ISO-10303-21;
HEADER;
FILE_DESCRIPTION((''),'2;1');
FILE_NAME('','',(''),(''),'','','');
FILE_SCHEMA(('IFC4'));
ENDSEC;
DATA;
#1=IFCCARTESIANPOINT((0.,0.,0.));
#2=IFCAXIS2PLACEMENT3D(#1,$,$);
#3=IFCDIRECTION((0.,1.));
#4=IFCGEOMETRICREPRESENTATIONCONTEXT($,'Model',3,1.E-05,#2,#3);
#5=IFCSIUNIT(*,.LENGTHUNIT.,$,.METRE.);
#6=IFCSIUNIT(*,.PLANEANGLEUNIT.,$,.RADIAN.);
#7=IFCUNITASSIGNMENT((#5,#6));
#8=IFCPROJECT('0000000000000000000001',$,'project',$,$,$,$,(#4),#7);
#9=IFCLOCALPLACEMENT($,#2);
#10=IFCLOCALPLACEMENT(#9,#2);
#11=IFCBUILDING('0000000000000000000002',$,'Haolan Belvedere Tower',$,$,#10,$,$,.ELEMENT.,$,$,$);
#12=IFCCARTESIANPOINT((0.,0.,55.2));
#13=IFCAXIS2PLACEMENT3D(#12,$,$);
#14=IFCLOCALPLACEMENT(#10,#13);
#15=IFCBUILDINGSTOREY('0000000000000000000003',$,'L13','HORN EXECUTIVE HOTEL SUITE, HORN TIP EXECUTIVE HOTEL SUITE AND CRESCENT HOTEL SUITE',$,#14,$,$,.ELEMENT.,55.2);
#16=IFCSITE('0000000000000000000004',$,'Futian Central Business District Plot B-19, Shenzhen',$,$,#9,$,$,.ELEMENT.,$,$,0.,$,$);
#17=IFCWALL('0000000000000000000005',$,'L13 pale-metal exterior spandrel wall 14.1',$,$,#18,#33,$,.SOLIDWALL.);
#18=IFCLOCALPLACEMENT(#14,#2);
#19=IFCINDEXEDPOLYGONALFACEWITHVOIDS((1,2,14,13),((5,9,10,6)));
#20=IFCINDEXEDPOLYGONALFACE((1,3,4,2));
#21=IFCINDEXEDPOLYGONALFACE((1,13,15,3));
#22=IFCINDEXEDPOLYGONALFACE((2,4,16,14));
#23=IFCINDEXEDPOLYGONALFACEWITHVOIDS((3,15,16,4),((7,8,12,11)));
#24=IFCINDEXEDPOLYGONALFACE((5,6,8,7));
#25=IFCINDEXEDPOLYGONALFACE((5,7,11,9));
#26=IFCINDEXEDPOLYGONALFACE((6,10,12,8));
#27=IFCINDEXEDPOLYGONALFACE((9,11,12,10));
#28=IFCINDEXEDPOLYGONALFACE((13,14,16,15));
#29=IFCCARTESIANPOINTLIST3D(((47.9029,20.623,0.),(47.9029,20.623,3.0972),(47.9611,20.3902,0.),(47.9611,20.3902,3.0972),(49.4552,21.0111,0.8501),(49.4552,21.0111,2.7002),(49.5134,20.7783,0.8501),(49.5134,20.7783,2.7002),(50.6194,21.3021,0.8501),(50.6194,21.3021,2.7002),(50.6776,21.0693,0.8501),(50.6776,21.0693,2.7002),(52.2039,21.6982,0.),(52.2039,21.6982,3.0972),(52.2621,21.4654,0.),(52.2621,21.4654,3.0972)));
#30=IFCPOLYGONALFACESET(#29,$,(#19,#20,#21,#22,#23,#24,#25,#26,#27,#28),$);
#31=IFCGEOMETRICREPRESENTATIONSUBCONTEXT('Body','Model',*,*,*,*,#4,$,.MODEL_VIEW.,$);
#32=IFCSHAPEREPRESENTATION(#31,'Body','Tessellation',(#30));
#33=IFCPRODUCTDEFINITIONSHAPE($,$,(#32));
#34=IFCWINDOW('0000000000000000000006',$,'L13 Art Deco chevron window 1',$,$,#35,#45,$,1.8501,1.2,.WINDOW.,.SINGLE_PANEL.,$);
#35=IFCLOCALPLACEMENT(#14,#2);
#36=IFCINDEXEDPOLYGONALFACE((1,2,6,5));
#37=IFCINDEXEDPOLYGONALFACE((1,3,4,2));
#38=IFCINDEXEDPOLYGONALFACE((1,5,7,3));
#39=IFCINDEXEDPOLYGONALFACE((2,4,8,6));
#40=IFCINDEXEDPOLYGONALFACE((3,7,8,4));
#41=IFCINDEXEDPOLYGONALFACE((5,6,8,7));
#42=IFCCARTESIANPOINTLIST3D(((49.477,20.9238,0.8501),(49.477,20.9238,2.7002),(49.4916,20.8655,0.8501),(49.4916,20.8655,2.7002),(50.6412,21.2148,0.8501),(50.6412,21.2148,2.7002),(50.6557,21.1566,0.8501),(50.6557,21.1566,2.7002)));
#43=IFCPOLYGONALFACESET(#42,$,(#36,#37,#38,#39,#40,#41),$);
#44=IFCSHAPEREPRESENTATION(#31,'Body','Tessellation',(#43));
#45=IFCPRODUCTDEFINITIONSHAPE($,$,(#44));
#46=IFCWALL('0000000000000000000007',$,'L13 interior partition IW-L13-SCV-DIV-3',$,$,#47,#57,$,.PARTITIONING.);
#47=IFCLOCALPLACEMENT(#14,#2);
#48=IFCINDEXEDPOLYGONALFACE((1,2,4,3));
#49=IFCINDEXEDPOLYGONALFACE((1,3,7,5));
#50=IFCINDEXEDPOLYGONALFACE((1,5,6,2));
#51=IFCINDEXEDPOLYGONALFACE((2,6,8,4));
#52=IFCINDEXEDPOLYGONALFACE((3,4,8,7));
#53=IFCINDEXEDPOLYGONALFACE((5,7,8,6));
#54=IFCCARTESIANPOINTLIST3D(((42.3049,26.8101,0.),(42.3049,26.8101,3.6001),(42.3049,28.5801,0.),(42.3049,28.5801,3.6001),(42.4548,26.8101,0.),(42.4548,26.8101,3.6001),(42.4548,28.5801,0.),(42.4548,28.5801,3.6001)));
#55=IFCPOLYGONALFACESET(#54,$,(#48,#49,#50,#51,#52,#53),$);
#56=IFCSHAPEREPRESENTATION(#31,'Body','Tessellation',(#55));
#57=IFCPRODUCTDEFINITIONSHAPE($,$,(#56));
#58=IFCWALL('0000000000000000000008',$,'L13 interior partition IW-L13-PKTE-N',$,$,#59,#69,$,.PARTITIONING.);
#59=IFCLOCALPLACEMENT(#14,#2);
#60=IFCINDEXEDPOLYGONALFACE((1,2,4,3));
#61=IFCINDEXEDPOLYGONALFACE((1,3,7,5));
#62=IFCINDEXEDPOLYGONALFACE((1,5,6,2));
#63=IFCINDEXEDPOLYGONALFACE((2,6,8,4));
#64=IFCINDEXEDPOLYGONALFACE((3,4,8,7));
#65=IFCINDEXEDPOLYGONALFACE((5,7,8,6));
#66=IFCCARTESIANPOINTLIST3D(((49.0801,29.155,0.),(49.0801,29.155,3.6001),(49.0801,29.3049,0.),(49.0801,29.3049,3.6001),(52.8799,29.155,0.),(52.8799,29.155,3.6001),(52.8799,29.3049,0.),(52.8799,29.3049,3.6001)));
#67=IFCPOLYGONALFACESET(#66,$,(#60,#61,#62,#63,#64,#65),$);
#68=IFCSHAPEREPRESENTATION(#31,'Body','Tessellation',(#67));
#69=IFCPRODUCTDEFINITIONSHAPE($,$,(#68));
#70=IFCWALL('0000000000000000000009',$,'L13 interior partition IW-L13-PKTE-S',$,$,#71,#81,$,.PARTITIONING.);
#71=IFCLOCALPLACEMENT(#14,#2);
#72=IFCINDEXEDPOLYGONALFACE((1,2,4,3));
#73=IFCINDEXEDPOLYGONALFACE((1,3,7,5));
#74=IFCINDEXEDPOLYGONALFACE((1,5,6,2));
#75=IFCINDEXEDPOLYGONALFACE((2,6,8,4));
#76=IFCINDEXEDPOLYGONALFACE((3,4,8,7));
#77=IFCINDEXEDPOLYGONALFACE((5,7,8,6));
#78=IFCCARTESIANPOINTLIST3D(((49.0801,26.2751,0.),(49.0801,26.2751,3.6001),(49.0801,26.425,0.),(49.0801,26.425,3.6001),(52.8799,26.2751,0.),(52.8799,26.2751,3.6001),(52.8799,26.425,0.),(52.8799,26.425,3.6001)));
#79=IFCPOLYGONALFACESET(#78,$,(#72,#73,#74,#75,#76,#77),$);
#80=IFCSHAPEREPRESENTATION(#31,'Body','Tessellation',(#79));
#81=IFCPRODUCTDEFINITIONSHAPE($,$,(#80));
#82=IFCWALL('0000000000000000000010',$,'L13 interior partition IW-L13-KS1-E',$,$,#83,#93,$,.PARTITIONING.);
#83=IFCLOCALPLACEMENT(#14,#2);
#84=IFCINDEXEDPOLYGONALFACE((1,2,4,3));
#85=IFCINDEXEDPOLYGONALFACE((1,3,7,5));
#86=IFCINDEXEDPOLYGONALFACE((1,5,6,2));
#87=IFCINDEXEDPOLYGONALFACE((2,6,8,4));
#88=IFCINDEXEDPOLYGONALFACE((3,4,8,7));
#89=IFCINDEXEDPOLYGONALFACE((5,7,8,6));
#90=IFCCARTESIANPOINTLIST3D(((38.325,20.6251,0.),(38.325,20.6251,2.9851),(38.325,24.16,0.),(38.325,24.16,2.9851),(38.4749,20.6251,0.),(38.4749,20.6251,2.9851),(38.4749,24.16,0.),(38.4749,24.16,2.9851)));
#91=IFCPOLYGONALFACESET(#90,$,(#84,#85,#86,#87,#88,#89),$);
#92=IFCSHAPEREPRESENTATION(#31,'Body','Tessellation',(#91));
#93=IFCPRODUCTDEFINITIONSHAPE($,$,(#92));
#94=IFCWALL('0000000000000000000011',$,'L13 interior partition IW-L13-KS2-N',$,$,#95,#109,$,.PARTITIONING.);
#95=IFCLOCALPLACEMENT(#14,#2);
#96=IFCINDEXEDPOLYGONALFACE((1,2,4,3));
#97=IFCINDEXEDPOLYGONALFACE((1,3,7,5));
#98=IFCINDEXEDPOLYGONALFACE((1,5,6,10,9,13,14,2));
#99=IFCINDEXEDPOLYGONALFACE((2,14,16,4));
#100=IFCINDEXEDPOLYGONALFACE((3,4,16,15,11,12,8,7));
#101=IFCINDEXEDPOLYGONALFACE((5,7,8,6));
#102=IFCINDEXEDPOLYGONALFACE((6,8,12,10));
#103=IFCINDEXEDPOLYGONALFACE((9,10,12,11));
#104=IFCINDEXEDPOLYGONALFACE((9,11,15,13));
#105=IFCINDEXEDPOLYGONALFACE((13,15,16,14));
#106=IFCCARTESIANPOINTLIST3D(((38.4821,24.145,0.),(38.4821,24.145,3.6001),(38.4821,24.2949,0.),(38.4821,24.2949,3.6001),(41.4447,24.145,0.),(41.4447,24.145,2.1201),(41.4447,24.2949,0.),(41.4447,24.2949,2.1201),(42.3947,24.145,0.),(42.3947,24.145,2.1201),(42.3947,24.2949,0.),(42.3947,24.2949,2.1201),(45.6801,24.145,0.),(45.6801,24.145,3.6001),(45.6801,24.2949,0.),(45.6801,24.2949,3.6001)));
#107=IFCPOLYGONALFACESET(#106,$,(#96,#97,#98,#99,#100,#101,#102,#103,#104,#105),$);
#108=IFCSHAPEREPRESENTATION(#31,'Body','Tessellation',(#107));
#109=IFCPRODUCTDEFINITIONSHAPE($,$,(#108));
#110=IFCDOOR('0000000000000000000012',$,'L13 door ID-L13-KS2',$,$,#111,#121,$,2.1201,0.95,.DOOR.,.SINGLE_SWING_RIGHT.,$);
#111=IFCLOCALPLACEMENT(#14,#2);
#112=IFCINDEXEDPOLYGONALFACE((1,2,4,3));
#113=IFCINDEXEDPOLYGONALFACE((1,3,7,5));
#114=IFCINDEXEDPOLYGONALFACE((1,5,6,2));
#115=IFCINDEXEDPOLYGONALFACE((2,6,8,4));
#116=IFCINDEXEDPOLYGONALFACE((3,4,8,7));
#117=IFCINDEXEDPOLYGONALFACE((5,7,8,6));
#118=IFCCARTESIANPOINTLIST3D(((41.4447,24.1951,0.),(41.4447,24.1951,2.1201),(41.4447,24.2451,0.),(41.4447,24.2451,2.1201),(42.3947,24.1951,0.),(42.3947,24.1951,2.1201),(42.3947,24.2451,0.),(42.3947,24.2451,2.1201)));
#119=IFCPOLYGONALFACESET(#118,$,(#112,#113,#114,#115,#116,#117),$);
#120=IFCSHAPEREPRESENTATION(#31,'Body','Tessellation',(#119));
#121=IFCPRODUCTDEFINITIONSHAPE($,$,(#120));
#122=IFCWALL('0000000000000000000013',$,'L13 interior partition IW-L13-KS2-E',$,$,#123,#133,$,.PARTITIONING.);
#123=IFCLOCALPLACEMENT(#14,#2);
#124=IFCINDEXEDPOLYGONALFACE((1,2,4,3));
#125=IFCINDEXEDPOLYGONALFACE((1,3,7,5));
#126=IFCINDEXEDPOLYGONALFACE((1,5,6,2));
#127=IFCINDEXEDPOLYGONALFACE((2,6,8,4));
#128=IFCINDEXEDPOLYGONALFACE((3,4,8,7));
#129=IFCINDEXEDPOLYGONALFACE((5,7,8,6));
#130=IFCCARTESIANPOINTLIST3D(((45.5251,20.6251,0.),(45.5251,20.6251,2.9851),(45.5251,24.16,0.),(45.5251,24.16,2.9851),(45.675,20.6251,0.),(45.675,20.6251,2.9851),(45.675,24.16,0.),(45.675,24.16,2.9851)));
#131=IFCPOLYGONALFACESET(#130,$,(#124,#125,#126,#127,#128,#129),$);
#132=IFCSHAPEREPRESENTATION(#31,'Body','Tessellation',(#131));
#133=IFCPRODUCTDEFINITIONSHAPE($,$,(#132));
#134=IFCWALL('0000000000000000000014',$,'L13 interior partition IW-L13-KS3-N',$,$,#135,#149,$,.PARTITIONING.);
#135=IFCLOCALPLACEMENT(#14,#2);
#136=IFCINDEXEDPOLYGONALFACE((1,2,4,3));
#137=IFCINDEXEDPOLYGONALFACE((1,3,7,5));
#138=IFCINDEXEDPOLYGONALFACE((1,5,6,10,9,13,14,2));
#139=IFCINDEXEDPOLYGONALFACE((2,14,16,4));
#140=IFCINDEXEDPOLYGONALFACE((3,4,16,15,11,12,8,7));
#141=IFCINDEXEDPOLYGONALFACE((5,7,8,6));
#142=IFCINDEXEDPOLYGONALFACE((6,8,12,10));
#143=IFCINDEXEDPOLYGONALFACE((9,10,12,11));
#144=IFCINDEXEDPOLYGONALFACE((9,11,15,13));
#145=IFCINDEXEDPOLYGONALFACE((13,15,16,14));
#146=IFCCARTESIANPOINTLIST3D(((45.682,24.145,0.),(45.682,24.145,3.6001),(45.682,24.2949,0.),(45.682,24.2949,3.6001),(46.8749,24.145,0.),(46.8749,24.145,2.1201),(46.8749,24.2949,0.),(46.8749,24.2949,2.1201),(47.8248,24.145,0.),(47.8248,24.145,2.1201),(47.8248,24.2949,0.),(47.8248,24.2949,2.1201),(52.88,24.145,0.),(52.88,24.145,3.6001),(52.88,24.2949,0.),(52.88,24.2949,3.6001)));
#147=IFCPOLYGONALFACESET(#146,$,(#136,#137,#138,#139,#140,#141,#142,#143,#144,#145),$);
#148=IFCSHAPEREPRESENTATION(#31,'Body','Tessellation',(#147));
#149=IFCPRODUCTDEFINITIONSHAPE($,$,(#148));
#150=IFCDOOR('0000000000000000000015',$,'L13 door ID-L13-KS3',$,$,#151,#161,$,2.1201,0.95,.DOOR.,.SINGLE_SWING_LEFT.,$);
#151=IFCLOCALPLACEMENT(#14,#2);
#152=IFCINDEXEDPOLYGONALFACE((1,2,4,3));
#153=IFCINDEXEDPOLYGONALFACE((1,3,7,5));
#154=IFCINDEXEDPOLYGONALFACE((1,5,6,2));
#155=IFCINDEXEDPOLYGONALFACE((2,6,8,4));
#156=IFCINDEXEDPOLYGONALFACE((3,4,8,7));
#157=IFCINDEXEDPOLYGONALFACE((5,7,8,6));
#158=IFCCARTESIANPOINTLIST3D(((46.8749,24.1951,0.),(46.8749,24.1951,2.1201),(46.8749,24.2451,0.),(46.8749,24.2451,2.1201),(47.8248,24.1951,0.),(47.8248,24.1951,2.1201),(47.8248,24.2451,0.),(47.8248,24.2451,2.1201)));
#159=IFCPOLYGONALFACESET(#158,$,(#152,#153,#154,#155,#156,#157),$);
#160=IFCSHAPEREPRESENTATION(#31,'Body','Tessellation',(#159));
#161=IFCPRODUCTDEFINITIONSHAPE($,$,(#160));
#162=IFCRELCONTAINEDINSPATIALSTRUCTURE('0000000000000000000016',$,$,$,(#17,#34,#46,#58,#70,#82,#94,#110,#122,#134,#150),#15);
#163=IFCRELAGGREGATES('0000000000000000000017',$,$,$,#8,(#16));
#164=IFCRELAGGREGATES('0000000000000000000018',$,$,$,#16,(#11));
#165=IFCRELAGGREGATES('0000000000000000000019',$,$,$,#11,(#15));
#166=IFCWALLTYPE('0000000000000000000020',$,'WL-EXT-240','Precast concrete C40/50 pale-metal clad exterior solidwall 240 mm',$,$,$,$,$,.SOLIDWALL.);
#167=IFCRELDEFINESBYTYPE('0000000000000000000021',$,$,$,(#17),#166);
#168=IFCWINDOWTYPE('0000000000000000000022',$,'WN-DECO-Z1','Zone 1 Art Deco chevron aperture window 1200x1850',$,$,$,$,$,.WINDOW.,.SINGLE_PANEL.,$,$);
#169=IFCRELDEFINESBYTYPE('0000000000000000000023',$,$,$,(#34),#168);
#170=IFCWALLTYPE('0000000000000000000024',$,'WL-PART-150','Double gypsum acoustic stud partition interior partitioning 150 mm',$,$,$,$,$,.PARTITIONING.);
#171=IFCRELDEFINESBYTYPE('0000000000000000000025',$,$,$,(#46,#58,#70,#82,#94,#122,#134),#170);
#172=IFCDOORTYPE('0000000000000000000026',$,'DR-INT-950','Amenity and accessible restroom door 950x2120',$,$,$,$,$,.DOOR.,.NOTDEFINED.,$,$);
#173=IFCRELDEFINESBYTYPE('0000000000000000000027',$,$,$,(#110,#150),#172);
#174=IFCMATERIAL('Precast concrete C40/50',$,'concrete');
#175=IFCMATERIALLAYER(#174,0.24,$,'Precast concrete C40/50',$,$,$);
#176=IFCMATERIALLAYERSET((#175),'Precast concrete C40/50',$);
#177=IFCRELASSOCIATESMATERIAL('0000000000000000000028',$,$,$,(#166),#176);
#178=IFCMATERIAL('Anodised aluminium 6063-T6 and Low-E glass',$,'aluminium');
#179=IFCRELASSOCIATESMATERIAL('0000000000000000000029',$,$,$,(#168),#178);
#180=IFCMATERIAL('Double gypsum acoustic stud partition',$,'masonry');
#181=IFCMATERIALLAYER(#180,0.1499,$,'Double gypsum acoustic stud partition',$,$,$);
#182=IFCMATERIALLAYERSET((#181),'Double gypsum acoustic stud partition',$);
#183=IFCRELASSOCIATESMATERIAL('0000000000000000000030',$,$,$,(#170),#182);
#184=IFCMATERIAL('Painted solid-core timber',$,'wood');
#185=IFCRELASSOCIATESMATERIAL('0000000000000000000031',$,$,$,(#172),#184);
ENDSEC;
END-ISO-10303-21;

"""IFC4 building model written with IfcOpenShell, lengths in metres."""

from ifc_helpers import new_model, si_unit, direction, frame, frame_2d, origin, place, context, subcontext, project, spatial, rectangle, extrude, material, layer, layer_set, type_object, element, fill, save


model = new_model("IFC4")

# Units and contexts
model_context = context("Model", 3, precision=1e-05, world=origin(), true_north=direction((0.0, 1.0)))
body_context = subcontext(model_context, "Body", "Model", "MODEL_VIEW")
ifc_project = project(units=[si_unit("LENGTHUNIT", "METRE"), si_unit("PLANEANGLEUNIT", "RADIAN")], contexts=[model_context])

# Site, building, storey
site_placement = place(None, origin())
site = spatial("IfcSite", under=ifc_project, at=site_placement, Name="Futian Central Business District Plot B-19, Shenzhen", CompositionType="ELEMENT", RefElevation=0.0)
building_placement = place(site_placement, origin())
building = spatial("IfcBuilding", under=site, at=building_placement, Name="Haolan Belvedere Tower", CompositionType="ELEMENT")
storey_placement = place(building_placement, frame((0.0, 0.0, 55.2)))
storey = spatial("IfcBuildingStorey", under=building, at=storey_placement, Name="L13", Description="HORN EXECUTIVE HOTEL SUITE, HORN TIP EXECUTIVE HOTEL SUITE AND CRESCENT HOTEL SUITE", CompositionType="ELEMENT", Elevation=55.2)

# Wall, opening, window
ifc_material_1 = material(Name="Precast concrete C40/50", Category="concrete")
ifc_layer_1 = layer(ifc_material_1, 0.24, Name="Precast concrete C40/50")
ifc_layer_set_1 = layer_set([ifc_layer_1], Name="Precast concrete C40/50")
wall_type_1 = type_object("IfcWallType", Name="WL-EXT-240", Description="Precast concrete C40/50 pale-metal clad exterior solidwall 240 mm", PredefinedType="SOLIDWALL", material=ifc_layer_set_1)
wall_1_placement = place(storey_placement, frame((47.9319, 20.5066, 0.0), z_axis=(0.0, 0.0, 1.0), x_axis=(0.970146, 0.242523, 0.0)))
wall_1 = element("IfcWall", 1, at=wall_1_placement, inside=storey, type_object=wall_type_1, Name="L13 pale-metal exterior spandrel wall 14.1", PredefinedType="SOLIDWALL", context=body_context, shape_type="SweptSolid", body=[
    extrude(rectangle(XDim=4.4333, YDim=0.24, at=frame_2d((2.2168, 0.0))), origin(), (0.0, 0.0, 1.0), 3.0972),
])
opening_1_placement = place(wall_1_placement, frame((1.6001, 0.0, 0.8501)))
opening_1 = element("IfcOpeningElement", 2, at=opening_1_placement, cuts=wall_1, PredefinedType="OPENING", context=body_context, shape_type="SweptSolid", body=[
    extrude(rectangle(XDim=1.2, YDim=1.8501, at=frame_2d((0.6001, 0.925))), frame((0.0, 0.1299, 0.0), z_axis=(0.0, -1.0, 0.0), x_axis=(1.0, 0.0, 0.0)), (0.0, 0.0, 1.0), 0.26),
])
ifc_material_2 = material(Name="Anodised aluminium 6063-T6 and Low-E glass", Category="aluminium")
window_type = type_object("IfcWindowType", Name="WN-DECO-Z1", Description="Zone 1 Art Deco chevron aperture window 1200x1850", PartitioningType="SINGLE_PANEL", PredefinedType="WINDOW", material=ifc_material_2)
window_placement = place(opening_1_placement, origin())
window = element("IfcWindow", 3, at=window_placement, inside=storey, type_object=window_type, Name="L13 Art Deco chevron window 1", OverallHeight=1.8501, OverallWidth=1.2, PartitioningType="SINGLE_PANEL", PredefinedType="WINDOW", context=body_context, shape_type="SweptSolid", body=[
    extrude(rectangle(XDim=1.2, YDim=1.8501, at=frame_2d((0.6001, 0.925))), frame((0.0, 0.03, 0.0), z_axis=(0.0, -1.0, 0.0), x_axis=(1.0, 0.0, 0.0)), (0.0, 0.0, 1.0), 0.0601),
])
fill(opening_1, window)

# Walls
ifc_material_3 = material(Name="Double gypsum acoustic stud partition", Category="masonry")
ifc_layer_2 = layer(ifc_material_3, 0.1499, Name="Double gypsum acoustic stud partition")
ifc_layer_set_2 = layer_set([ifc_layer_2], Name="Double gypsum acoustic stud partition")
wall_type_2 = type_object("IfcWallType", Name="WL-PART-150", Description="Double gypsum acoustic stud partition interior partitioning 150 mm", PredefinedType="PARTITIONING", material=ifc_layer_set_2)
wall_2_placement = place(storey_placement, frame((42.3799, 26.8101, 0.0), z_axis=(0.0, 0.0, 1.0), x_axis=(0.0, 1.0, 0.0)))
element("IfcWall", 4, at=wall_2_placement, inside=storey, type_object=wall_type_2, Name="L13 interior partition IW-L13-SCV-DIV-3", PredefinedType="PARTITIONING", context=body_context, shape_type="SweptSolid", body=[
    extrude(rectangle(XDim=1.77, YDim=0.1499, at=frame_2d((0.885, 0.0))), origin(), (0.0, 0.0, 1.0), 3.6001),
])
for number, where, z_axis, x_axis, name in (
    (5, (49.0801, 29.23, 0.0), (0.0, 0.0, 1.0), (1.0, 0.0, 0.0), "L13 interior partition IW-L13-PKTE-N"),
    (6, (49.0801, 26.3501, 0.0), (0.0, 0.0, 1.0), (1.0, 0.0, 0.0), "L13 interior partition IW-L13-PKTE-S"),
):
    element("IfcWall", number, at=place(storey_placement, frame(where, z_axis=z_axis, x_axis=x_axis)), inside=storey, type_object=wall_type_2, Name=name, PredefinedType="PARTITIONING", context=body_context, shape_type="SweptSolid", body=[
        extrude(rectangle(XDim=3.7998, YDim=0.1499, at=frame_2d((1.8999, 0.0))), origin(), (0.0, 0.0, 1.0), 3.6001),
    ])

# Shared definitions
ifc_material_4 = material(Name="Painted solid-core timber", Category="wood")
door_type_1 = type_object("IfcDoorType", Name="DR-INT-950", Description="Amenity and accessible restroom door 950x2120", OperationType="NOTDEFINED", PredefinedType="DOOR", material=ifc_material_4)

# Wall
wall_3_placement = place(storey_placement, frame((38.3999, 20.625, 0.0), z_axis=(0.0, 0.0, 1.0), x_axis=(0.0, 1.0, 0.0)))
element("IfcWall", 7, at=wall_3_placement, inside=storey, type_object=wall_type_2, Name="L13 interior partition IW-L13-KS1-E", PredefinedType="PARTITIONING", context=body_context, shape_type="SweptSolid", body=[
    extrude(rectangle(XDim=3.5349, YDim=0.1499, at=frame_2d((1.7676, 0.0))), origin(), (0.0, 0.0, 1.0), 2.9851),
])

# Wall, opening, door
wall_4_placement = place(storey_placement, frame((38.4819, 24.22, 0.0), z_axis=(0.0, 0.0, 1.0), x_axis=(1.0, 0.0, 0.0)))
wall_4 = element("IfcWall", 8, at=wall_4_placement, inside=storey, type_object=wall_type_2, Name="L13 interior partition IW-L13-KS2-N", PredefinedType="PARTITIONING", context=body_context, shape_type="SweptSolid", body=[
    extrude(rectangle(XDim=7.198, YDim=0.1499, at=frame_2d((3.5991, 0.0))), origin(), (0.0, 0.0, 1.0), 3.6001),
])
opening_2_placement = place(wall_4_placement, frame((3.9128, 0.0, 0.0), z_axis=(0.0, 0.0, 1.0), x_axis=(-1.0, 0.0, 0.0)))
opening_2 = element("IfcOpeningElement", 9, at=opening_2_placement, cuts=wall_4, PredefinedType="OPENING", context=body_context, shape_type="SweptSolid", body=[
    extrude(rectangle(XDim=0.95, YDim=2.1201, at=frame_2d((0.4751, 1.0601))), frame((0.0, 0.085, 0.0), z_axis=(0.0, -1.0, 0.0), x_axis=(1.0, 0.0, 0.0)), (0.0, 0.0, 1.0), 0.1699),
])
door_1_placement = place(opening_2_placement, origin())
door_1 = element("IfcDoor", 10, at=door_1_placement, inside=storey, type_object=door_type_1, Name="L13 door ID-L13-KS2", OperationType="SINGLE_SWING_RIGHT", OverallHeight=2.1201, OverallWidth=0.95, PredefinedType="DOOR", context=body_context, shape_type="SweptSolid", body=[
    extrude(rectangle(XDim=0.95, YDim=2.1201, at=frame_2d((0.4751, 1.0601))), frame((0.0, 0.0249, 0.0), z_axis=(0.0, -1.0, 0.0), x_axis=(1.0, 0.0, 0.0)), (0.0, 0.0, 1.0), 0.05),
])
fill(opening_2, door_1)

# Wall
wall_5_placement = place(storey_placement, frame((45.6001, 20.625, 0.0), z_axis=(0.0, 0.0, 1.0), x_axis=(0.0, 1.0, 0.0)))
element("IfcWall", 11, at=wall_5_placement, inside=storey, type_object=wall_type_2, Name="L13 interior partition IW-L13-KS2-E", PredefinedType="PARTITIONING", context=body_context, shape_type="SweptSolid", body=[
    extrude(rectangle(XDim=3.5349, YDim=0.1499, at=frame_2d((1.7676, 0.0))), origin(), (0.0, 0.0, 1.0), 2.9851),
])

# Wall, opening, door
wall_6_placement = place(storey_placement, frame((45.6819, 24.22, 0.0), z_axis=(0.0, 0.0, 1.0), x_axis=(1.0, 0.0, 0.0)))
wall_6 = element("IfcWall", 12, at=wall_6_placement, inside=storey, type_object=wall_type_2, Name="L13 interior partition IW-L13-KS3-N", PredefinedType="PARTITIONING", context=body_context, shape_type="SweptSolid", body=[
    extrude(rectangle(XDim=7.198, YDim=0.1499, at=frame_2d((3.5991, 0.0))), origin(), (0.0, 0.0, 1.0), 3.6001),
])
opening_3_placement = place(wall_6_placement, frame((2.1431, 0.0, 0.0), z_axis=(0.0, 0.0, 1.0), x_axis=(-1.0, 0.0, 0.0)))
opening_3 = element("IfcOpeningElement", 13, at=opening_3_placement, cuts=wall_6, PredefinedType="OPENING", context=body_context, shape_type="SweptSolid", body=[
    extrude(rectangle(XDim=0.95, YDim=2.1201, at=frame_2d((0.4751, 1.0601))), frame((0.0, 0.085, 0.0), z_axis=(0.0, -1.0, 0.0), x_axis=(1.0, 0.0, 0.0)), (0.0, 0.0, 1.0), 0.1699),
])
door_2_placement = place(opening_3_placement, origin())
door_2 = element("IfcDoor", 14, at=door_2_placement, inside=storey, type_object=door_type_1, Name="L13 door ID-L13-KS3", OperationType="SINGLE_SWING_LEFT", OverallHeight=2.1201, OverallWidth=0.95, PredefinedType="DOOR", context=body_context, shape_type="SweptSolid", body=[
    extrude(rectangle(XDim=0.95, YDim=2.1201, at=frame_2d((0.4751, 1.0601))), frame((0.0, 0.0249, 0.0), z_axis=(0.0, -1.0, 0.0), x_axis=(1.0, 0.0, 0.0)), (0.0, 0.0, 1.0), 0.05),
])
fill(opening_3, door_2)

save(model, "model.ifc")
